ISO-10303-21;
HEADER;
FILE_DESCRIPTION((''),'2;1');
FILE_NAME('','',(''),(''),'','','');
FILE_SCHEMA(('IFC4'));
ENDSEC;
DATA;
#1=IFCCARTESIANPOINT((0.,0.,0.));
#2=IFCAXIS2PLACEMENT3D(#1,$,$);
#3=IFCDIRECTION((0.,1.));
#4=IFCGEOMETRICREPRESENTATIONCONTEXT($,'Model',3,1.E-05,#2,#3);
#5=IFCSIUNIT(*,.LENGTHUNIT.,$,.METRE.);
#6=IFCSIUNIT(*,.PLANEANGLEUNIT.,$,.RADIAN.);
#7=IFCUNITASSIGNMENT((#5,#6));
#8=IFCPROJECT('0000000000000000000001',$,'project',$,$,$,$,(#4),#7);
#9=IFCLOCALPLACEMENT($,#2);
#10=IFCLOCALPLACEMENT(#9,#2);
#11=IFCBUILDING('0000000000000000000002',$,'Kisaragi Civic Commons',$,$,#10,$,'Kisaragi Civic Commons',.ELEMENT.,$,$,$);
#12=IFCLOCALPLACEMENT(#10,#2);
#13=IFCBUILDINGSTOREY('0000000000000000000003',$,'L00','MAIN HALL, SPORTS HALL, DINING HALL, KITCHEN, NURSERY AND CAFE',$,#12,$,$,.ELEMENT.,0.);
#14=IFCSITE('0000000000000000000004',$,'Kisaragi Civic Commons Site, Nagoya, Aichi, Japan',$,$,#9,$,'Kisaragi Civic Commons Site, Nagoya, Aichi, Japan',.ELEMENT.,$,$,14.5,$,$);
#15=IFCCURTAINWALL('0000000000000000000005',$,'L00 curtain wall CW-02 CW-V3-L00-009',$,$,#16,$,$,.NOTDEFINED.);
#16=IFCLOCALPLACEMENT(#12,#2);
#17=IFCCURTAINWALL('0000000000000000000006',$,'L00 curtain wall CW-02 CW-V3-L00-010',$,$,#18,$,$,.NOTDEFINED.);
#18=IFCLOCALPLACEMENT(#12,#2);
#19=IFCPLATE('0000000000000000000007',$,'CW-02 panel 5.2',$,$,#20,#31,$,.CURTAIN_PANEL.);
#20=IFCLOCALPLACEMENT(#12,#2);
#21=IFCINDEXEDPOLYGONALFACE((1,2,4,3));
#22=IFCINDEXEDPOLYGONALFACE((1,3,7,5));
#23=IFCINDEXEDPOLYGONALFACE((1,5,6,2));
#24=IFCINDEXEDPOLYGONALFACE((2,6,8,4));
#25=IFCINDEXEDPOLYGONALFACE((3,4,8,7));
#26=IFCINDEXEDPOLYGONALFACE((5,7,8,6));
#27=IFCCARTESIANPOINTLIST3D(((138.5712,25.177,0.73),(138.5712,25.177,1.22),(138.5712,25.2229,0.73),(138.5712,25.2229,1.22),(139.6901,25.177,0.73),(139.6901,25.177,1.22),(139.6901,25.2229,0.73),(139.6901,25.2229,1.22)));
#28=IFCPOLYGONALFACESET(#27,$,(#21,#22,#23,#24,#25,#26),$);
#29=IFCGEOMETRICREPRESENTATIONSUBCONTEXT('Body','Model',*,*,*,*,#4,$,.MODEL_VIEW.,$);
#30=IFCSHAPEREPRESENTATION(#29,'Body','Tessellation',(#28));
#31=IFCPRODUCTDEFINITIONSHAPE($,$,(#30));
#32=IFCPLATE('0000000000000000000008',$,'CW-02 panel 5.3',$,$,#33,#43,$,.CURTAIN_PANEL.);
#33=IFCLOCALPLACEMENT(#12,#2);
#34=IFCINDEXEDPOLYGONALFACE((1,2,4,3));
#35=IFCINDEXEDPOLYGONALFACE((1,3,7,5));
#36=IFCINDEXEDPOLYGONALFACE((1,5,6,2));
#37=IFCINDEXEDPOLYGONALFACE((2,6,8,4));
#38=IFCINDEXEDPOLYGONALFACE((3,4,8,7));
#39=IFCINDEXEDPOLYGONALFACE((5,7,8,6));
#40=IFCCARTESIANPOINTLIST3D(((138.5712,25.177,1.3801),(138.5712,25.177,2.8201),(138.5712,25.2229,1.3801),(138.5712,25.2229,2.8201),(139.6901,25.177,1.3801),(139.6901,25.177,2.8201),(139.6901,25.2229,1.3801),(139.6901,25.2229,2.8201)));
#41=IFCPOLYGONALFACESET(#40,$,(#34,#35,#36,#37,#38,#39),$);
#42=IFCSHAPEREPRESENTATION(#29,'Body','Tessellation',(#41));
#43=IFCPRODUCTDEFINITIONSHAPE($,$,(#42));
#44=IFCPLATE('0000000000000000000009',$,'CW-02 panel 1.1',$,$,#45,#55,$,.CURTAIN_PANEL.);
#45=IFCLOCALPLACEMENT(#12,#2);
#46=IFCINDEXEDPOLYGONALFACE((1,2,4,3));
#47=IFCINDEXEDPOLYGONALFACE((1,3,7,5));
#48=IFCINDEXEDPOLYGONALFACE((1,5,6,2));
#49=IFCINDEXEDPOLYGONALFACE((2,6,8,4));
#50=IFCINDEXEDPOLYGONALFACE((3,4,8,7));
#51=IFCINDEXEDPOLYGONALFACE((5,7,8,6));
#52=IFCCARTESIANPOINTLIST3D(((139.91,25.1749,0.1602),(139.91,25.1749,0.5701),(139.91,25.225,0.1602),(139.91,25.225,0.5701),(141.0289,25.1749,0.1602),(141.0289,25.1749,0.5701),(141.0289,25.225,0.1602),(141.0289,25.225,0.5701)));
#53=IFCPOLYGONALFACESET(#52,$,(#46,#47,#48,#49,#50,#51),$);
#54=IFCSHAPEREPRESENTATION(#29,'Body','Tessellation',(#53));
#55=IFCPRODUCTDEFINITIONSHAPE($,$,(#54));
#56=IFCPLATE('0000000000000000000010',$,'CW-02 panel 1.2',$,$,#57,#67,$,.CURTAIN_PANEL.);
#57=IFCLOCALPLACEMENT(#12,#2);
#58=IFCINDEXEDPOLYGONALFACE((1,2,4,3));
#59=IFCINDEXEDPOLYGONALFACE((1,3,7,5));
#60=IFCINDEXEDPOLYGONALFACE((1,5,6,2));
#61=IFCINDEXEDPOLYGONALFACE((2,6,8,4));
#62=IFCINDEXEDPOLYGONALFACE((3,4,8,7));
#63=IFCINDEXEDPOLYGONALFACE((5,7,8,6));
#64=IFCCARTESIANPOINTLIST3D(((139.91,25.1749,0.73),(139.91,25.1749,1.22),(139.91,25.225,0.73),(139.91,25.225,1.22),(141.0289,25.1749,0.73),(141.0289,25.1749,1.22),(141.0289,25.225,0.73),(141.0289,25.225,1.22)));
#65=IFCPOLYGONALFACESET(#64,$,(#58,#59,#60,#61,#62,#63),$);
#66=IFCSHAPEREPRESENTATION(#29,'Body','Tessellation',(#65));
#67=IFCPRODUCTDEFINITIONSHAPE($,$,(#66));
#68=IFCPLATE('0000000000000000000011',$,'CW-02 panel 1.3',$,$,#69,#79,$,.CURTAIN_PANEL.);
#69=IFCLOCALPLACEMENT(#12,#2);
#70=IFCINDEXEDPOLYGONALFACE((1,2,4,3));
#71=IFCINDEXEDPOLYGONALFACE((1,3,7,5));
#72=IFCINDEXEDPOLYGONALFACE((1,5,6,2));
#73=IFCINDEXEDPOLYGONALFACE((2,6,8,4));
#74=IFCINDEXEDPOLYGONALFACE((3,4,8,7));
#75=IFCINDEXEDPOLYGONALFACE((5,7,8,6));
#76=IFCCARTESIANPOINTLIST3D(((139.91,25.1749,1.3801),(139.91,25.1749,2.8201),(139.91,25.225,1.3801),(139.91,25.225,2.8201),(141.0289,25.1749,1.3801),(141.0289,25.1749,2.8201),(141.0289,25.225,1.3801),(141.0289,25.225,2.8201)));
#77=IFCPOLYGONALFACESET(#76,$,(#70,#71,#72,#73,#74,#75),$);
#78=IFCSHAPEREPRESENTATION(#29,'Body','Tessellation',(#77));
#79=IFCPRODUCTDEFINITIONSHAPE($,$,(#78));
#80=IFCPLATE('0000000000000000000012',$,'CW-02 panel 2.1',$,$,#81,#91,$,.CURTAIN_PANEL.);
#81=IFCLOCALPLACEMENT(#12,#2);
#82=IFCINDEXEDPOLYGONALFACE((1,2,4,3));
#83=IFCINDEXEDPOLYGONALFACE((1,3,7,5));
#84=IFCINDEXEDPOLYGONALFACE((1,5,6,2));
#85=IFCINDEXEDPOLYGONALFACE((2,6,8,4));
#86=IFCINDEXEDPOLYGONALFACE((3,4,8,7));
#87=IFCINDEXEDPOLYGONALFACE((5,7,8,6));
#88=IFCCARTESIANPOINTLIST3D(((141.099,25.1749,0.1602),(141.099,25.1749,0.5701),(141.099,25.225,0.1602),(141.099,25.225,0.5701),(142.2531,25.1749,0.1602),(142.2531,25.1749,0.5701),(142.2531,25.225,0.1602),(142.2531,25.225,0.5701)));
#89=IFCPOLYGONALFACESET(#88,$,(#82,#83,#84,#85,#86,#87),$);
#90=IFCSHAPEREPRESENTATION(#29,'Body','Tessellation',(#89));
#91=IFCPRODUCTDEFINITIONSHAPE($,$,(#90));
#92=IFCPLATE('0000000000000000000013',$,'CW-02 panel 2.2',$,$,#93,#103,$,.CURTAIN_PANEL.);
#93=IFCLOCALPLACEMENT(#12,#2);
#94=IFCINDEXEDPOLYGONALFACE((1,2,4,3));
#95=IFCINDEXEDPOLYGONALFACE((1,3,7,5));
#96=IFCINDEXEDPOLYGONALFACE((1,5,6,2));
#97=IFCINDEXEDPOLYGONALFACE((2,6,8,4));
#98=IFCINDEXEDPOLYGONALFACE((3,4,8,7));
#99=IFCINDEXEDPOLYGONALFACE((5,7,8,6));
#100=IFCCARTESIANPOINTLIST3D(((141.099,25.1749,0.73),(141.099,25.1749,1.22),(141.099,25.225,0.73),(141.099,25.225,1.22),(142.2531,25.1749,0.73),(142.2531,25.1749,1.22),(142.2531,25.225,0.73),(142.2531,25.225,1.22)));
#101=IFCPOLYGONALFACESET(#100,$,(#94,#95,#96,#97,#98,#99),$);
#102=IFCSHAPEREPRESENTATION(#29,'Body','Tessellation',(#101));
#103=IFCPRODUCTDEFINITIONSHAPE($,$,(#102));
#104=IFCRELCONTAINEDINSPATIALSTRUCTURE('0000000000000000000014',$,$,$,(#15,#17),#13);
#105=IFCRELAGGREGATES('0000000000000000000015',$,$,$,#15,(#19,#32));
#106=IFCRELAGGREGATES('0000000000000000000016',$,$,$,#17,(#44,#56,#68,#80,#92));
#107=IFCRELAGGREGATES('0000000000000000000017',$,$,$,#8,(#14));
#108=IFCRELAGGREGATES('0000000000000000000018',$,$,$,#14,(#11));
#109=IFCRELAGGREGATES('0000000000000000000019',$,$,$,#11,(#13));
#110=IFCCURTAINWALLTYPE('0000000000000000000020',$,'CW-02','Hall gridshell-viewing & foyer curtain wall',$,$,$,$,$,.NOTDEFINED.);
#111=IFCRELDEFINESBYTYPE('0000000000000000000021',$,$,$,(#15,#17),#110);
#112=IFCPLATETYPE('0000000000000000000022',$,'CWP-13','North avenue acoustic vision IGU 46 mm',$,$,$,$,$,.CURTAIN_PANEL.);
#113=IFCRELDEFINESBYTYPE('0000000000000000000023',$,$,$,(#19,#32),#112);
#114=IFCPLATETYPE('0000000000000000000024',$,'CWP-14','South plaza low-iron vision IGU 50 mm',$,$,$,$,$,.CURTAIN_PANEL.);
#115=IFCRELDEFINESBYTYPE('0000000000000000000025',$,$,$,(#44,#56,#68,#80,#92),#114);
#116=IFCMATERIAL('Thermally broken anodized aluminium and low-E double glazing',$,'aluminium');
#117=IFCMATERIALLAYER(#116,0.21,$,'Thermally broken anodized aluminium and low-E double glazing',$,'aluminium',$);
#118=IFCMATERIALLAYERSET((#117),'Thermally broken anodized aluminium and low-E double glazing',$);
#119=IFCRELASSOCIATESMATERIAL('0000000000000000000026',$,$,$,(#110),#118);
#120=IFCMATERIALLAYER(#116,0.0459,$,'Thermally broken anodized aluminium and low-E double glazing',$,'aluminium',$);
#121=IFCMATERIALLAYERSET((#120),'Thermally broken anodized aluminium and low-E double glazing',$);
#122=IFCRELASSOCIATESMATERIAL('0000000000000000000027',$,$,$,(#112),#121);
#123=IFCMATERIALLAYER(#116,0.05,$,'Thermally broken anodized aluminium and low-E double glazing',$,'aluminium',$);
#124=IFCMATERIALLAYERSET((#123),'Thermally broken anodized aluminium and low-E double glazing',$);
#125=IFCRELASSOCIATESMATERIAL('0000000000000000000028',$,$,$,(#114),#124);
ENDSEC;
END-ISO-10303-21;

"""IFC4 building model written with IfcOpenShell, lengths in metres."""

from ifc_helpers import new_model, si_unit, direction, frame, origin, origin_2d, place, context, subcontext, project, spatial, rectangle, extrude, material, layer, layer_set, type_object, element, aggregate, save


model = new_model("IFC4")

# Units and contexts
model_context = context("Model", 3, precision=1e-05, world=origin(), true_north=direction((0.0, 1.0)))
body_context = subcontext(model_context, "Body", "Model", "MODEL_VIEW")
ifc_project = project(units=[si_unit("LENGTHUNIT", "METRE"), si_unit("PLANEANGLEUNIT", "RADIAN")], contexts=[model_context])

# Site, building, storey
site_placement = place(None, origin())
site = spatial("IfcSite", under=ifc_project, at=site_placement, Name="Kisaragi Civic Commons Site, Nagoya, Aichi, Japan", LongName="Kisaragi Civic Commons Site, Nagoya, Aichi, Japan", CompositionType="ELEMENT", RefElevation=14.5)
building_placement = place(site_placement, origin())
building = spatial("IfcBuilding", under=site, at=building_placement, Name="Kisaragi Civic Commons", LongName="Kisaragi Civic Commons", CompositionType="ELEMENT")
storey_placement = place(building_placement, origin())
storey = spatial("IfcBuildingStorey", under=building, at=storey_placement, Name="L00", Description="MAIN HALL, SPORTS HALL, DINING HALL, KITCHEN, NURSERY AND CAFE", CompositionType="ELEMENT", Elevation=0.0)

# Curtain walls
ifc_material = material(Name="Thermally broken anodized aluminium and low-E double glazing", Category="aluminium")
ifc_layer_1 = layer(ifc_material, 0.21, Name="Thermally broken anodized aluminium and low-E double glazing", Category="aluminium")
ifc_layer_set_1 = layer_set([ifc_layer_1], Name="Thermally broken anodized aluminium and low-E double glazing")
curtain_wall_type = type_object("IfcCurtainWallType", Name="CW-02", Description="Hall gridshell-viewing & foyer curtain wall", PredefinedType="NOTDEFINED", material=ifc_layer_set_1)
curtain_wall_1_placement = place(storey_placement, origin())
curtain_wall_1 = element("IfcCurtainWall", 1, at=curtain_wall_1_placement, inside=storey, type_object=curtain_wall_type, Name="L00 curtain wall CW-02 CW-V3-L00-009", PredefinedType="NOTDEFINED")
curtain_wall_2_placement = place(storey_placement, origin())
curtain_wall_2 = element("IfcCurtainWall", 2, at=curtain_wall_2_placement, inside=storey, type_object=curtain_wall_type, Name="L00 curtain wall CW-02 CW-V3-L00-010", PredefinedType="NOTDEFINED")

# Plates
ifc_layer_2 = layer(ifc_material, 0.0459, Name="Thermally broken anodized aluminium and low-E double glazing", Category="aluminium")
ifc_layer_set_2 = layer_set([ifc_layer_2], Name="Thermally broken anodized aluminium and low-E double glazing")
plate_type_1 = type_object("IfcPlateType", Name="CWP-13", Description="North avenue acoustic vision IGU 46 mm", PredefinedType="CURTAIN_PANEL", material=ifc_layer_set_2)
plate_1_placement = place(storey_placement, frame((139.1306, 25.2, 0.73), z_axis=(0.0, 0.0, 1.0), x_axis=(1.0, 0.0, 0.0)))
plate_1 = element("IfcPlate", 3, at=plate_1_placement, type_object=plate_type_1, Name="CW-02 panel 5.2", PredefinedType="CURTAIN_PANEL", context=body_context, shape_type="SweptSolid", body=[
    extrude(rectangle(XDim=1.1189, YDim=0.0459, at=origin_2d()), origin(), (0.0, 0.0, 1.0), 0.49),
])
plate_2_placement = place(storey_placement, frame((139.1306, 25.2, 1.3801), z_axis=(0.0, 0.0, 1.0), x_axis=(1.0, 0.0, 0.0)))
plate_2 = element("IfcPlate", 4, at=plate_2_placement, type_object=plate_type_1, Name="CW-02 panel 5.3", PredefinedType="CURTAIN_PANEL", context=body_context, shape_type="SweptSolid", body=[
    extrude(rectangle(XDim=1.1189, YDim=0.0459, at=origin_2d()), origin(), (0.0, 0.0, 1.0), 1.4399),
])
aggregate(curtain_wall_1, [plate_1, plate_2])
ifc_layer_3 = layer(ifc_material, 0.05, Name="Thermally broken anodized aluminium and low-E double glazing", Category="aluminium")
ifc_layer_set_3 = layer_set([ifc_layer_3], Name="Thermally broken anodized aluminium and low-E double glazing")
plate_type_2 = type_object("IfcPlateType", Name="CWP-14", Description="South plaza low-iron vision IGU 50 mm", PredefinedType="CURTAIN_PANEL", material=ifc_layer_set_3)
plate_3_placement = place(storey_placement, frame((140.4695, 25.2, 0.1602), z_axis=(0.0, 0.0, 1.0), x_axis=(1.0, 0.0, 0.0)))
plate_3 = element("IfcPlate", 5, at=plate_3_placement, type_object=plate_type_2, Name="CW-02 panel 1.1", PredefinedType="CURTAIN_PANEL", context=body_context, shape_type="SweptSolid", body=[
    extrude(rectangle(XDim=1.1189, YDim=0.05, at=origin_2d()), origin(), (0.0, 0.0, 1.0), 0.4099),
])
plate_4_placement = place(storey_placement, frame((140.4695, 25.2, 0.73), z_axis=(0.0, 0.0, 1.0), x_axis=(1.0, 0.0, 0.0)))
plate_4 = element("IfcPlate", 6, at=plate_4_placement, type_object=plate_type_2, Name="CW-02 panel 1.2", PredefinedType="CURTAIN_PANEL", context=body_context, shape_type="SweptSolid", body=[
    extrude(rectangle(XDim=1.1189, YDim=0.05, at=origin_2d()), origin(), (0.0, 0.0, 1.0), 0.49),
])
plate_5_placement = place(storey_placement, frame((140.4695, 25.2, 1.3801), z_axis=(0.0, 0.0, 1.0), x_axis=(1.0, 0.0, 0.0)))
plate_5 = element("IfcPlate", 7, at=plate_5_placement, type_object=plate_type_2, Name="CW-02 panel 1.3", PredefinedType="CURTAIN_PANEL", context=body_context, shape_type="SweptSolid", body=[
    extrude(rectangle(XDim=1.1189, YDim=0.05, at=origin_2d()), origin(), (0.0, 0.0, 1.0), 1.4399),
])
plate_6_placement = place(storey_placement, frame((141.676, 25.2, 0.1602), z_axis=(0.0, 0.0, 1.0), x_axis=(1.0, 0.0, 0.0)))
plate_6 = element("IfcPlate", 8, at=plate_6_placement, type_object=plate_type_2, Name="CW-02 panel 2.1", PredefinedType="CURTAIN_PANEL", context=body_context, shape_type="SweptSolid", body=[
    extrude(rectangle(XDim=1.1541, YDim=0.05, at=origin_2d()), origin(), (0.0, 0.0, 1.0), 0.4099),
])
plate_7_placement = place(storey_placement, frame((141.676, 25.2, 0.73), z_axis=(0.0, 0.0, 1.0), x_axis=(1.0, 0.0, 0.0)))
plate_7 = element("IfcPlate", 9, at=plate_7_placement, type_object=plate_type_2, Name="CW-02 panel 2.2", PredefinedType="CURTAIN_PANEL", context=body_context, shape_type="SweptSolid", body=[
    extrude(rectangle(XDim=1.1541, YDim=0.05, at=origin_2d()), origin(), (0.0, 0.0, 1.0), 0.49),
])
aggregate(curtain_wall_2, [plate_3, plate_4, plate_5, plate_6, plate_7])

save(model, "model.ifc")
